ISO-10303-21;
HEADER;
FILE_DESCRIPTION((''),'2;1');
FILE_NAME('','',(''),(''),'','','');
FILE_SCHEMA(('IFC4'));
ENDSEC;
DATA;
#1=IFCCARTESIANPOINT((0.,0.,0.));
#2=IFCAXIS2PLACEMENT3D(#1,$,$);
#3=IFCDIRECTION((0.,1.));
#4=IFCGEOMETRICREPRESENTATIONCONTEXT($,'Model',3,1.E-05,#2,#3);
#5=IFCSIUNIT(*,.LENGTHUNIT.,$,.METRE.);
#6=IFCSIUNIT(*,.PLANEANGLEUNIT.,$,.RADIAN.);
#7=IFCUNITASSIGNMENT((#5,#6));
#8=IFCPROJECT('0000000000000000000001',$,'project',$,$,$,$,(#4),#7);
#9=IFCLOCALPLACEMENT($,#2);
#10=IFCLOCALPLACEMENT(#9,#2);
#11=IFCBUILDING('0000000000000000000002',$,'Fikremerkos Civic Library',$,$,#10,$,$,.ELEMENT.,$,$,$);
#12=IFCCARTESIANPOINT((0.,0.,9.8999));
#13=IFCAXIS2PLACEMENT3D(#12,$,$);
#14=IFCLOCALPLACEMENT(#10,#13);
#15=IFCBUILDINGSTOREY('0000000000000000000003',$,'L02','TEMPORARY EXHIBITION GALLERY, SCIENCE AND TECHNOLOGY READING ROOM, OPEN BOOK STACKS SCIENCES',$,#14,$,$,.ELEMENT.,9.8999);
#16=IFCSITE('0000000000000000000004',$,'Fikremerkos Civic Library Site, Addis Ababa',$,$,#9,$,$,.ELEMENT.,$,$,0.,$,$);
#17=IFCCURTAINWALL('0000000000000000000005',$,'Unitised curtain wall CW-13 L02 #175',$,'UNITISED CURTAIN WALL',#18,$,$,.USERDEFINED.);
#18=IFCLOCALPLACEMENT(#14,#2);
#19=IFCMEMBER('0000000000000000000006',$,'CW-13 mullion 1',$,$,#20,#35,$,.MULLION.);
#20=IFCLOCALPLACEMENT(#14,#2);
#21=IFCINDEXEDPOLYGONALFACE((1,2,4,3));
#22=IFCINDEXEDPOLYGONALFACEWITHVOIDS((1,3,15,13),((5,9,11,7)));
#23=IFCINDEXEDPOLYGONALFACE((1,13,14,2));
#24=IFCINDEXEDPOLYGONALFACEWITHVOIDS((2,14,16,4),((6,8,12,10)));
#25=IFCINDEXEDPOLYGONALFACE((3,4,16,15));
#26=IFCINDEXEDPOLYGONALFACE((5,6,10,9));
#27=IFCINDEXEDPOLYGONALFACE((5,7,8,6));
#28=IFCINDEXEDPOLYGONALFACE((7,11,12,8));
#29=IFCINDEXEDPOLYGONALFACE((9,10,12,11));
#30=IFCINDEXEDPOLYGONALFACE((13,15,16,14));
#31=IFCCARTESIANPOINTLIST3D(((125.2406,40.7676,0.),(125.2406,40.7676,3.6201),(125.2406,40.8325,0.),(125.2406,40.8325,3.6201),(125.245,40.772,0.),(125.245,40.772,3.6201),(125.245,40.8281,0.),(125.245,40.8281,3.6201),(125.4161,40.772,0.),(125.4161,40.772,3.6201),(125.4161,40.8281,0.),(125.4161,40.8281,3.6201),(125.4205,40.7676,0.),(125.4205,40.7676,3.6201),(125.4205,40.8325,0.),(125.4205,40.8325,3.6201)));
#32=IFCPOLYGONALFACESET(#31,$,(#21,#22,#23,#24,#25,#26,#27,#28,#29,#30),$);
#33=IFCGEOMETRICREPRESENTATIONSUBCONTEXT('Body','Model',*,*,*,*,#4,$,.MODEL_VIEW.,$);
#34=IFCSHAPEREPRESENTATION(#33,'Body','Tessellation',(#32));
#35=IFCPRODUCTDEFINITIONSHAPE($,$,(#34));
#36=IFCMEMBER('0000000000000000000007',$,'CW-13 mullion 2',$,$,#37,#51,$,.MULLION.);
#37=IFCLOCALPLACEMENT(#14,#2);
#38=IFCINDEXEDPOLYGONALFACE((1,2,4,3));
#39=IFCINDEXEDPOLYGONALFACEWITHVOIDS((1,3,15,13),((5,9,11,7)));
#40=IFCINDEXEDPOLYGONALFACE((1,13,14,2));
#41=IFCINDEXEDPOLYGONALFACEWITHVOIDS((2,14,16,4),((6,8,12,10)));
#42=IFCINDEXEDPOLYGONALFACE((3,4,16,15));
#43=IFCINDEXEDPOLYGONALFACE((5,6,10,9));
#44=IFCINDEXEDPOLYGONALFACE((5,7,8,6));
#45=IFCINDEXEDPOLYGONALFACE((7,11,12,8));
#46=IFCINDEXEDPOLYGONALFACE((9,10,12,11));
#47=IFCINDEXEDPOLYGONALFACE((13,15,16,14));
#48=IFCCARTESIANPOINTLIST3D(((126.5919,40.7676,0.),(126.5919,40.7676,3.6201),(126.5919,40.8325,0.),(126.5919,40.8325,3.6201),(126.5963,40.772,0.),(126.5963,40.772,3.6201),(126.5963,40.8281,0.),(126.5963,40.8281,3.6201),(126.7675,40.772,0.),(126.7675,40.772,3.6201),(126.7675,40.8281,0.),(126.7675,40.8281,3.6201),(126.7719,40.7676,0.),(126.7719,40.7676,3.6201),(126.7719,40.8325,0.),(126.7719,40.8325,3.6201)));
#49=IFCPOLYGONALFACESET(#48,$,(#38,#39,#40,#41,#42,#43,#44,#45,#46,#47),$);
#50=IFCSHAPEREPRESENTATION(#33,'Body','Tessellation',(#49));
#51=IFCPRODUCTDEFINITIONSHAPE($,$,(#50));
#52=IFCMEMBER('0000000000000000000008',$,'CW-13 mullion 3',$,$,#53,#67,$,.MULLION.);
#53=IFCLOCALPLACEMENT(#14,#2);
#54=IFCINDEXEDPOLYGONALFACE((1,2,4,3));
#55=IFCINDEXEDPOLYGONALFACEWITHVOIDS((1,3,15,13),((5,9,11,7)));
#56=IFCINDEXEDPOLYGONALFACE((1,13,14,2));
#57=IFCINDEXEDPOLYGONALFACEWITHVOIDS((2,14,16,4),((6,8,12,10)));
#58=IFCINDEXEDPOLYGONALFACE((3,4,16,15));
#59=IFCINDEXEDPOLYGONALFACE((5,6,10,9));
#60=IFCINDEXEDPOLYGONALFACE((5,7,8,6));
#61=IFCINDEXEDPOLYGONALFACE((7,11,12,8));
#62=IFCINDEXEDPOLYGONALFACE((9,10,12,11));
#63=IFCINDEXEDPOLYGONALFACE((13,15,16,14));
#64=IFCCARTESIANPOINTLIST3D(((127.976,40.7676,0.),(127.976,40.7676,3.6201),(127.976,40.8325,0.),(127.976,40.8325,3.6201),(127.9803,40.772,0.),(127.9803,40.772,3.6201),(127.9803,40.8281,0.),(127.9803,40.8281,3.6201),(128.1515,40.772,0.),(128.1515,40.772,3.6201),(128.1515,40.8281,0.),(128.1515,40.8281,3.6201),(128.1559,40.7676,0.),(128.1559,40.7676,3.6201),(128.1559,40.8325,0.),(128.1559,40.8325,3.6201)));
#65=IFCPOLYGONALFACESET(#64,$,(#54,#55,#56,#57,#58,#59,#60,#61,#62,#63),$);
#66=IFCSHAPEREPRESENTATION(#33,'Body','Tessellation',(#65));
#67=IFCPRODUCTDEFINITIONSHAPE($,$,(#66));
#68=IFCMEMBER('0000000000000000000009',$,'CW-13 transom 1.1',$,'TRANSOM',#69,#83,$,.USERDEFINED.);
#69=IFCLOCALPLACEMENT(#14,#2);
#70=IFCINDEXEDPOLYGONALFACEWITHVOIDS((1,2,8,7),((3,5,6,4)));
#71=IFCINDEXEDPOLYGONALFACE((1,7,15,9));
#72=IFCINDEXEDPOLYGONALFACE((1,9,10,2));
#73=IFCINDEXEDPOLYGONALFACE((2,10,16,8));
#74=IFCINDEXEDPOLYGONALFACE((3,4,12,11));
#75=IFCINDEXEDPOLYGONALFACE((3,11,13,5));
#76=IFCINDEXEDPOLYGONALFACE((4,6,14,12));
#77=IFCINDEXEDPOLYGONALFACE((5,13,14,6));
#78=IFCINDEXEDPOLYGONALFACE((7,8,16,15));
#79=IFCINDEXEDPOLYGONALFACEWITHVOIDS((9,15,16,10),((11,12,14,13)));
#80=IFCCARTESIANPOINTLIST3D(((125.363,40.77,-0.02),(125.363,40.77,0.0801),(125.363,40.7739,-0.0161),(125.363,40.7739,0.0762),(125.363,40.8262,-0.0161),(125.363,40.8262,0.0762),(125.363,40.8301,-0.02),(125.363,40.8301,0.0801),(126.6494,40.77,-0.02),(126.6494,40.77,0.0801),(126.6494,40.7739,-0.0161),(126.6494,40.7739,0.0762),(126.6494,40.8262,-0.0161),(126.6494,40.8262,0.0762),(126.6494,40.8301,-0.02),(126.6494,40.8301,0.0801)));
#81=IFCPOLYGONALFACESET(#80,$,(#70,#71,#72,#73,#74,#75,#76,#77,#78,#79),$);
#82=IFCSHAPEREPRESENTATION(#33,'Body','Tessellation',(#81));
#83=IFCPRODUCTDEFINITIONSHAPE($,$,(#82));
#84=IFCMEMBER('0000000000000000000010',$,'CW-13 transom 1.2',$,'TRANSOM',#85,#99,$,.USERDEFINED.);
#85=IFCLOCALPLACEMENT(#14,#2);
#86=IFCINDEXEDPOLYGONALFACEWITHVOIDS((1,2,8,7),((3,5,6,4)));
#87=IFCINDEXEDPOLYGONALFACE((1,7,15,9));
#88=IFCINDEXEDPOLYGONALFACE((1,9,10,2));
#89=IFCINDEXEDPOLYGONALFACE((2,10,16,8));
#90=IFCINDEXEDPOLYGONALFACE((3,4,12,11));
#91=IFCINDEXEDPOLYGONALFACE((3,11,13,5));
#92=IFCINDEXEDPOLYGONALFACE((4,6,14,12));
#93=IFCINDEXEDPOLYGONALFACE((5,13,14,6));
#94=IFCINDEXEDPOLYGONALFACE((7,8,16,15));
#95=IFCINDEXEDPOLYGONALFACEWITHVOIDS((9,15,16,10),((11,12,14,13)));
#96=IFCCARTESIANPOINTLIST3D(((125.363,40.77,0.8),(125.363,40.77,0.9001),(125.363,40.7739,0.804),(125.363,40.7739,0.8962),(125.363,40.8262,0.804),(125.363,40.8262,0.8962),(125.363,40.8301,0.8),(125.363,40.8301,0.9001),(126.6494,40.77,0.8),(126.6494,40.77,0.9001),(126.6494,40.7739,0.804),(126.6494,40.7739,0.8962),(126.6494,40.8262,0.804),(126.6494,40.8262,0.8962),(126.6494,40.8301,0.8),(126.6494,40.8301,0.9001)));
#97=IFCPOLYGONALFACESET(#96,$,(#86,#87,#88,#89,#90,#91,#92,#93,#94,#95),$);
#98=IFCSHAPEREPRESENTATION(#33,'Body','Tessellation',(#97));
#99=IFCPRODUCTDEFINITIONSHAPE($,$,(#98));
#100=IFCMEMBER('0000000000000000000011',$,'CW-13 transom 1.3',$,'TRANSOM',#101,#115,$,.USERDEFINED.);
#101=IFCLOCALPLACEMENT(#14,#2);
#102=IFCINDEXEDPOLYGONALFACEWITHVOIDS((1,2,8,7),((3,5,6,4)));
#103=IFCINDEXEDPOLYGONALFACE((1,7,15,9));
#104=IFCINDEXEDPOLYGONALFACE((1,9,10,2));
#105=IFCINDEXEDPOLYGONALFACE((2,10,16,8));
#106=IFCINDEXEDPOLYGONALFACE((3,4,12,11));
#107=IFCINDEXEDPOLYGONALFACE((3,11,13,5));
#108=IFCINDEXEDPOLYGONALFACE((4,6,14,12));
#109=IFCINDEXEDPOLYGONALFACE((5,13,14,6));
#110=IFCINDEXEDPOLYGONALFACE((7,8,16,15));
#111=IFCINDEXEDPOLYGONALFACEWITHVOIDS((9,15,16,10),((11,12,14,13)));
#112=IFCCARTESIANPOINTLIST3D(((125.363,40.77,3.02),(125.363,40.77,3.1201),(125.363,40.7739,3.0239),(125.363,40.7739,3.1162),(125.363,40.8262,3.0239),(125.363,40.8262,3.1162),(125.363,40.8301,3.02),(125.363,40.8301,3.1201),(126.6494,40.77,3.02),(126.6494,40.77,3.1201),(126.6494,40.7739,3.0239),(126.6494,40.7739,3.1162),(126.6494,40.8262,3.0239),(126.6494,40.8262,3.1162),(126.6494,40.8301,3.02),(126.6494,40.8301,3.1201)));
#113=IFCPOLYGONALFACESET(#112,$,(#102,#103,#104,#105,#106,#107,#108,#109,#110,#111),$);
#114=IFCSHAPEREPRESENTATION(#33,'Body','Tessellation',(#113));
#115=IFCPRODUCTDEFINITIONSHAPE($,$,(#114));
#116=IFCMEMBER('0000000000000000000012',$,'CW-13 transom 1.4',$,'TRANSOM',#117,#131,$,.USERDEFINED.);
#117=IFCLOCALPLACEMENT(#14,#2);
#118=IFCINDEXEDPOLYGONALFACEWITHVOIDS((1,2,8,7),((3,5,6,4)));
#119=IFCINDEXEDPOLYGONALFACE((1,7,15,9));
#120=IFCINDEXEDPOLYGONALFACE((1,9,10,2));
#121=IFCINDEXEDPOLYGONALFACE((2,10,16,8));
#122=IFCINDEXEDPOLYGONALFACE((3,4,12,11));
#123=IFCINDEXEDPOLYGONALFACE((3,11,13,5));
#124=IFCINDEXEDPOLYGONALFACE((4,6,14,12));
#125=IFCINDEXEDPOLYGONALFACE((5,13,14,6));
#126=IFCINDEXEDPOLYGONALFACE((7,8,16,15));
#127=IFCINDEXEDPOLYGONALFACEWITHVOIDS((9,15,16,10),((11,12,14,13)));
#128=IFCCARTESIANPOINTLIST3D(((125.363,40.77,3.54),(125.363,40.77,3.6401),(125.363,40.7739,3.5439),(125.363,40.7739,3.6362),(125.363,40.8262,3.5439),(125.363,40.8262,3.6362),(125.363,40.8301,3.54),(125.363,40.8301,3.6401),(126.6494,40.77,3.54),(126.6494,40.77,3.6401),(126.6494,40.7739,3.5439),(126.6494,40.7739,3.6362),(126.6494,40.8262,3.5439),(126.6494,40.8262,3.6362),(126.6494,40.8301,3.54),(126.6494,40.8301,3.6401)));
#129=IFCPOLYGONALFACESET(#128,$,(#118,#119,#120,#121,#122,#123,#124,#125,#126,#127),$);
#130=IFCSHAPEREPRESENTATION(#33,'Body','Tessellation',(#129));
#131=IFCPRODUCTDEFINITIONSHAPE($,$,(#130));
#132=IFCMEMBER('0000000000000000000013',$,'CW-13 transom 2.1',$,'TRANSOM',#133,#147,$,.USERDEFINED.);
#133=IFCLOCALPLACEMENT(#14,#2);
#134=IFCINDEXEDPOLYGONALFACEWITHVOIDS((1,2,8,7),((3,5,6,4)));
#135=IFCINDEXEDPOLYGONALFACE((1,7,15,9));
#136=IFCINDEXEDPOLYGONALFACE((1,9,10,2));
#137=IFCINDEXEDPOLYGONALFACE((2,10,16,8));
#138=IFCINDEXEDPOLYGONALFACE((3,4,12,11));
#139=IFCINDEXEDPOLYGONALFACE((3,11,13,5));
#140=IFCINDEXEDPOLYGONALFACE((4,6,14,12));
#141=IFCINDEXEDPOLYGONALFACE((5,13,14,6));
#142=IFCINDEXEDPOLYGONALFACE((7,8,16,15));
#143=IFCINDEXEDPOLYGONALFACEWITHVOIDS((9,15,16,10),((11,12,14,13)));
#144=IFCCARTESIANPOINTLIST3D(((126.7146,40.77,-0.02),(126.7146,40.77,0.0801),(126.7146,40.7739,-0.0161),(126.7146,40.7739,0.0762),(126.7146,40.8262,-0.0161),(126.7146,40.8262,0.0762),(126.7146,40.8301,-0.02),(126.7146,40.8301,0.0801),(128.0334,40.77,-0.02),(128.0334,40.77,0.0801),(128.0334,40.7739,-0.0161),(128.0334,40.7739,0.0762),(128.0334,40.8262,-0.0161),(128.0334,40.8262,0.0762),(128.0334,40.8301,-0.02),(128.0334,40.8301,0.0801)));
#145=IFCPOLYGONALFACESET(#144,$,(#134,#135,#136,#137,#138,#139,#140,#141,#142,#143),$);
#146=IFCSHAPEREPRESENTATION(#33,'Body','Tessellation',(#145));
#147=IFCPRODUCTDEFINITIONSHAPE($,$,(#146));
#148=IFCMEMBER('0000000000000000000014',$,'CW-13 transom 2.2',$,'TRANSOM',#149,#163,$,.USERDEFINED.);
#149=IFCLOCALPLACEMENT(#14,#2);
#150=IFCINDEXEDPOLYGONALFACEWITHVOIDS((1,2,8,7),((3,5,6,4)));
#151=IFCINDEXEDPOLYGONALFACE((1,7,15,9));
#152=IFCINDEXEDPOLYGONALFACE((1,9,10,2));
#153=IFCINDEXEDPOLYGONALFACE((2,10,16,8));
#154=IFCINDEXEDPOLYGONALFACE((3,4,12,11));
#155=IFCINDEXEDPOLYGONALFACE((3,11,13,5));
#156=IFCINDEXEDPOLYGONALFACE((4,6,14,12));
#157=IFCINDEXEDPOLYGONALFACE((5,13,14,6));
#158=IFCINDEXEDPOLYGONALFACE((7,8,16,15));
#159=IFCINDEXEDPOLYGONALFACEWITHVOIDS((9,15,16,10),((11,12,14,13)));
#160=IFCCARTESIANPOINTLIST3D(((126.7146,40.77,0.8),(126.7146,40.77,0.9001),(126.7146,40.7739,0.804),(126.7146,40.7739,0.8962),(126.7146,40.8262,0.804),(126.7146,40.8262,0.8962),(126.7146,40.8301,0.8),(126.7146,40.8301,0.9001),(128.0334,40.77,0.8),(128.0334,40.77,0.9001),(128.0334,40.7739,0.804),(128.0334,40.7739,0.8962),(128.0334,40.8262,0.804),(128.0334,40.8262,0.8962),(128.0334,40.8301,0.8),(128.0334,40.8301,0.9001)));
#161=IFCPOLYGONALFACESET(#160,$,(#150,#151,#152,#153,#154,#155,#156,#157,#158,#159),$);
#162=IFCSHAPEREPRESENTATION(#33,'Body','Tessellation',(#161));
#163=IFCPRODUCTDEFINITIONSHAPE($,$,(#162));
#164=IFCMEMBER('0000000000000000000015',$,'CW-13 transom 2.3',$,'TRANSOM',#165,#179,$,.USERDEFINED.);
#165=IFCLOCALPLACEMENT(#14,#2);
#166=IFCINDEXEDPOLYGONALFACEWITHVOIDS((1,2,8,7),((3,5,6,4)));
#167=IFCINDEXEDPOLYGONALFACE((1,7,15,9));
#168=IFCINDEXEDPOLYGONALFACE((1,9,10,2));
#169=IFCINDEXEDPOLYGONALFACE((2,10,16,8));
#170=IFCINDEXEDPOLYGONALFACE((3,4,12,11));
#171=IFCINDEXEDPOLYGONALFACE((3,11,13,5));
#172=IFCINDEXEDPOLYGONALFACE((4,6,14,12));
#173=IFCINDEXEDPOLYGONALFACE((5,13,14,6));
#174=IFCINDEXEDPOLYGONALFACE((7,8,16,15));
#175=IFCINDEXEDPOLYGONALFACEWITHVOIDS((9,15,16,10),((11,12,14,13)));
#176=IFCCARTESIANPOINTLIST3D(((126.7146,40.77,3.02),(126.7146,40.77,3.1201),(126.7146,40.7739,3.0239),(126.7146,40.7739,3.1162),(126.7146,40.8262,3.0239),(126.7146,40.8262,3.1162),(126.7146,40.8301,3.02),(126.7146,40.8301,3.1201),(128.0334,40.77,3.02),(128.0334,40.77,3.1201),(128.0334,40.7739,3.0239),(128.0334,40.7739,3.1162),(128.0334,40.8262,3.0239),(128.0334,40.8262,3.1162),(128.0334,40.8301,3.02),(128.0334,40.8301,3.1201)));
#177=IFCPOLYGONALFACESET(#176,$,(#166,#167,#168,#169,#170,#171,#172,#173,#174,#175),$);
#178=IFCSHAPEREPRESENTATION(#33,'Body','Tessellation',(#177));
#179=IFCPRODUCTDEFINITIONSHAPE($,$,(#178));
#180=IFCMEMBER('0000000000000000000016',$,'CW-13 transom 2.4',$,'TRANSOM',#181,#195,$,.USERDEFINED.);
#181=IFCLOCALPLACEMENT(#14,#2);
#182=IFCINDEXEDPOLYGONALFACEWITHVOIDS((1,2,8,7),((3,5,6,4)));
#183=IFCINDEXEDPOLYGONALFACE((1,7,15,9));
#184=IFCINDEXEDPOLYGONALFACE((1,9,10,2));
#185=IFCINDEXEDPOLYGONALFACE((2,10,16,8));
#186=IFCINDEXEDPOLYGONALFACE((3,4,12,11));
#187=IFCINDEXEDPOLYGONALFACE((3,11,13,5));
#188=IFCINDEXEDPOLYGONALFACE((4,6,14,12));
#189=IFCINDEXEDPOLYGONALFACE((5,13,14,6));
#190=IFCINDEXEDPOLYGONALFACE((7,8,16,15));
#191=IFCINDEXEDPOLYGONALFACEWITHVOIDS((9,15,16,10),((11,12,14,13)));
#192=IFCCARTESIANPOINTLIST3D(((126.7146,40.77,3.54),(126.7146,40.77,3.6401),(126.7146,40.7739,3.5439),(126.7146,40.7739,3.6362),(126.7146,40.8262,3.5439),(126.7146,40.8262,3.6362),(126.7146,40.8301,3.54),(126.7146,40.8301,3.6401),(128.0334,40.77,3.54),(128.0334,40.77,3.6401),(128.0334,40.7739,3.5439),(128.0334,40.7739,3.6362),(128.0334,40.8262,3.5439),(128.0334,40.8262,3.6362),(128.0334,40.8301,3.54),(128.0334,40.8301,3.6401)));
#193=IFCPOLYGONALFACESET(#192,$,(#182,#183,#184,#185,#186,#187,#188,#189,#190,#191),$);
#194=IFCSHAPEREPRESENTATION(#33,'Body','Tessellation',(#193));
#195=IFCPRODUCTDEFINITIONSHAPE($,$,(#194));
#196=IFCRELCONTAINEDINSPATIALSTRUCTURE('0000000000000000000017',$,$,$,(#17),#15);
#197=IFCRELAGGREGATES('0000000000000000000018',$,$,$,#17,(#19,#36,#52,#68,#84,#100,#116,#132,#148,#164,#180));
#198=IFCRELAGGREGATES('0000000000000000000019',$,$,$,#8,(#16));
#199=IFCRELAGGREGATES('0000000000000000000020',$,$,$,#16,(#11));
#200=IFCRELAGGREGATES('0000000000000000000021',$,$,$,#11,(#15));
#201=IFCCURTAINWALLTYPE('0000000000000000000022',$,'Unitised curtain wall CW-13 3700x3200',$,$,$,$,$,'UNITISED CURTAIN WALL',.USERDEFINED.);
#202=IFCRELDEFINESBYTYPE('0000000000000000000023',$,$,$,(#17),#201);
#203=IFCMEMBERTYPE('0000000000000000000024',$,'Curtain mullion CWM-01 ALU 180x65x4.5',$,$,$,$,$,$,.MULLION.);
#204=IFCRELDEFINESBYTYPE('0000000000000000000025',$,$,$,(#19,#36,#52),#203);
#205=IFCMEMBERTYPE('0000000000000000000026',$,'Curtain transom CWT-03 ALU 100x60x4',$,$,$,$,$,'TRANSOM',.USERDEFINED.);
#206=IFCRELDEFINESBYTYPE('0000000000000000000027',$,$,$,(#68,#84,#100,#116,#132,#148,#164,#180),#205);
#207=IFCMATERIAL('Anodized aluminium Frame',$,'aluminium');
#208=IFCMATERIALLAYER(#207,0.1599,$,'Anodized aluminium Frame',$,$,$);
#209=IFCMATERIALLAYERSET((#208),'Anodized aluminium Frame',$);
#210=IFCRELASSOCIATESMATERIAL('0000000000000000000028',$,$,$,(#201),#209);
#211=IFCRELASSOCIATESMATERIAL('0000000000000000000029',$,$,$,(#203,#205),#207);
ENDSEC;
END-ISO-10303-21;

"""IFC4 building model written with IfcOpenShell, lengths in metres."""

from ifc_helpers import new_model, si_unit, direction, frame, origin, origin_2d, place, context, subcontext, project, spatial, hollow_rectangle, extrude, material, layer, layer_set, material_profile, profile_set, type_object, element, aggregate, save


model = new_model("IFC4")

# Units and contexts
model_context = context("Model", 3, precision=1e-05, world=origin(), true_north=direction((0.0, 1.0)))
body_context = subcontext(model_context, "Body", "Model", "MODEL_VIEW")
ifc_project = project(units=[si_unit("LENGTHUNIT", "METRE"), si_unit("PLANEANGLEUNIT", "RADIAN")], contexts=[model_context])

# Site, building, storey
site_placement = place(None, origin())
site = spatial("IfcSite", under=ifc_project, at=site_placement, Name="Fikremerkos Civic Library Site, Addis Ababa", CompositionType="ELEMENT", RefElevation=0.0)
building_placement = place(site_placement, origin())
building = spatial("IfcBuilding", under=site, at=building_placement, Name="Fikremerkos Civic Library", CompositionType="ELEMENT")
storey_placement = place(building_placement, frame((0.0, 0.0, 9.8999)))
storey = spatial("IfcBuildingStorey", under=building, at=storey_placement, Name="L02", Description="TEMPORARY EXHIBITION GALLERY, SCIENCE AND TECHNOLOGY READING ROOM, OPEN BOOK STACKS SCIENCES", CompositionType="ELEMENT", Elevation=9.8999)

# Curtain wall, members
ifc_material_1 = material(Name="Anodized aluminium Frame", Category="aluminium")
ifc_layer_1 = layer(ifc_material_1, 0.1599, Name="Anodized aluminium Frame")
ifc_layer_set_1 = layer_set([ifc_layer_1], Name="Anodized aluminium Frame")
curtain_wall_type = type_object("IfcCurtainWallType", Name="Unitised curtain wall CW-13 3700x3200", ElementType="UNITISED CURTAIN WALL", PredefinedType="USERDEFINED", material=ifc_layer_set_1)
curtain_wall_placement = place(storey_placement, origin())
curtain_wall = element("IfcCurtainWall", 1, at=curtain_wall_placement, inside=storey, type_object=curtain_wall_type, Name="Unitised curtain wall CW-13 L02 #175", ObjectType="UNITISED CURTAIN WALL", PredefinedType="USERDEFINED")
ifc_material_profile_1 = material_profile(ifc_material_1, hollow_rectangle(XDim=0.0649, YDim=0.1799, WallThickness=0.0044, at=origin_2d()), Name="ALU 180x65x4.5")
ifc_profile_set_1 = profile_set([ifc_material_profile_1], Name="Anodized aluminium Frame")
member_type_1 = type_object("IfcMemberType", Name="Curtain mullion CWM-01 ALU 180x65x4.5", PredefinedType="MULLION", material=ifc_profile_set_1)
member_1_placement = place(storey_placement, frame((125.3306, 40.8, 0.0), z_axis=(0.0, 0.0, 1.0), x_axis=(0.0, 1.0, 0.0)))
member_1 = element("IfcMember", 2, at=member_1_placement, type_object=member_type_1, Name="CW-13 mullion 1", PredefinedType="MULLION", context=body_context, shape_type="SweptSolid", body=[
    extrude(hollow_rectangle(XDim=0.0649, YDim=0.1799, WallThickness=0.0044, at=origin_2d()), origin(), (0.0, 0.0, 1.0), 3.6201),
])
member_2_placement = place(storey_placement, frame((126.6819, 40.8, 0.0), z_axis=(0.0, 0.0, 1.0), x_axis=(0.0, 1.0, 0.0)))
member_2 = element("IfcMember", 3, at=member_2_placement, type_object=member_type_1, Name="CW-13 mullion 2", PredefinedType="MULLION", context=body_context, shape_type="SweptSolid", body=[
    extrude(hollow_rectangle(XDim=0.0649, YDim=0.1799, WallThickness=0.0044, at=origin_2d()), origin(), (0.0, 0.0, 1.0), 3.6201),
])
member_3_placement = place(storey_placement, frame((128.0659, 40.8, 0.0), z_axis=(0.0, 0.0, 1.0), x_axis=(0.0, 1.0, 0.0)))
member_3 = element("IfcMember", 4, at=member_3_placement, type_object=member_type_1, Name="CW-13 mullion 3", PredefinedType="MULLION", context=body_context, shape_type="SweptSolid", body=[
    extrude(hollow_rectangle(XDim=0.0649, YDim=0.1799, WallThickness=0.0044, at=origin_2d()), origin(), (0.0, 0.0, 1.0), 3.6201),
])
ifc_material_profile_2 = material_profile(ifc_material_1, hollow_rectangle(XDim=0.0601, YDim=0.1001, WallThickness=0.0039, at=origin_2d()), Name="ALU 100x60x4")
ifc_profile_set_2 = profile_set([ifc_material_profile_2], Name="Anodized aluminium Frame")
member_type_2 = type_object("IfcMemberType", Name="Curtain transom CWT-03 ALU 100x60x4", ElementType="TRANSOM", PredefinedType="USERDEFINED", material=ifc_profile_set_2)
member_4_placement = place(storey_placement, frame((125.363, 40.8, 0.03), z_axis=(1.0, 0.0, 0.0), x_axis=(0.0, 1.0, 0.0)))
member_4 = element("IfcMember", 5, at=member_4_placement, type_object=member_type_2, Name="CW-13 transom 1.1", ObjectType="TRANSOM", PredefinedType="USERDEFINED", context=body_context, shape_type="SweptSolid", body=[
    extrude(hollow_rectangle(XDim=0.0601, YDim=0.1001, WallThickness=0.0039, at=origin_2d()), origin(), (0.0, 0.0, 1.0), 1.2864),
])
member_5_placement = place(storey_placement, frame((125.363, 40.8, 0.8501), z_axis=(1.0, 0.0, 0.0), x_axis=(0.0, 1.0, 0.0)))
member_5 = element("IfcMember", 6, at=member_5_placement, type_object=member_type_2, Name="CW-13 transom 1.2", ObjectType="TRANSOM", PredefinedType="USERDEFINED", context=body_context, shape_type="SweptSolid", body=[
    extrude(hollow_rectangle(XDim=0.0601, YDim=0.1001, WallThickness=0.0039, at=origin_2d()), origin(), (0.0, 0.0, 1.0), 1.2864),
])
member_6_placement = place(storey_placement, frame((125.363, 40.8, 3.0701), z_axis=(1.0, 0.0, 0.0), x_axis=(0.0, 1.0, 0.0)))
member_6 = element("IfcMember", 7, at=member_6_placement, type_object=member_type_2, Name="CW-13 transom 1.3", ObjectType="TRANSOM", PredefinedType="USERDEFINED", context=body_context, shape_type="SweptSolid", body=[
    extrude(hollow_rectangle(XDim=0.0601, YDim=0.1001, WallThickness=0.0039, at=origin_2d()), origin(), (0.0, 0.0, 1.0), 1.2864),
])
member_7_placement = place(storey_placement, frame((125.363, 40.8, 3.5901), z_axis=(1.0, 0.0, 0.0), x_axis=(0.0, 1.0, 0.0)))
member_7 = element("IfcMember", 8, at=member_7_placement, type_object=member_type_2, Name="CW-13 transom 1.4", ObjectType="TRANSOM", PredefinedType="USERDEFINED", context=body_context, shape_type="SweptSolid", body=[
    extrude(hollow_rectangle(XDim=0.0601, YDim=0.1001, WallThickness=0.0039, at=origin_2d()), origin(), (0.0, 0.0, 1.0), 1.2864),
])
member_8_placement = place(storey_placement, frame((126.7146, 40.8, 0.03), z_axis=(1.0, 0.0, 0.0), x_axis=(0.0, 1.0, 0.0)))
member_8 = element("IfcMember", 9, at=member_8_placement, type_object=member_type_2, Name="CW-13 transom 2.1", ObjectType="TRANSOM", PredefinedType="USERDEFINED", context=body_context, shape_type="SweptSolid", body=[
    extrude(hollow_rectangle(XDim=0.0601, YDim=0.1001, WallThickness=0.0039, at=origin_2d()), origin(), (0.0, 0.0, 1.0), 1.3188),
])
member_9_placement = place(storey_placement, frame((126.7146, 40.8, 0.8501), z_axis=(1.0, 0.0, 0.0), x_axis=(0.0, 1.0, 0.0)))
member_9 = element("IfcMember", 10, at=member_9_placement, type_object=member_type_2, Name="CW-13 transom 2.2", ObjectType="TRANSOM", PredefinedType="USERDEFINED", context=body_context, shape_type="SweptSolid", body=[
    extrude(hollow_rectangle(XDim=0.0601, YDim=0.1001, WallThickness=0.0039, at=origin_2d()), origin(), (0.0, 0.0, 1.0), 1.3188),
])
member_10_placement = place(storey_placement, frame((126.7146, 40.8, 3.0701), z_axis=(1.0, 0.0, 0.0), x_axis=(0.0, 1.0, 0.0)))
member_10 = element("IfcMember", 11, at=member_10_placement, type_object=member_type_2, Name="CW-13 transom 2.3", ObjectType="TRANSOM", PredefinedType="USERDEFINED", context=body_context, shape_type="SweptSolid", body=[
    extrude(hollow_rectangle(XDim=0.0601, YDim=0.1001, WallThickness=0.0039, at=origin_2d()), origin(), (0.0, 0.0, 1.0), 1.3188),
])
member_11_placement = place(storey_placement, frame((126.7146, 40.8, 3.5901), z_axis=(1.0, 0.0, 0.0), x_axis=(0.0, 1.0, 0.0)))
member_11 = element("IfcMember", 12, at=member_11_placement, type_object=member_type_2, Name="CW-13 transom 2.4", ObjectType="TRANSOM", PredefinedType="USERDEFINED", context=body_context, shape_type="SweptSolid", body=[
    extrude(hollow_rectangle(XDim=0.0601, YDim=0.1001, WallThickness=0.0039, at=origin_2d()), origin(), (0.0, 0.0, 1.0), 1.3188),
])

aggregate(curtain_wall, [member_1, member_2, member_3, member_4, member_5, member_6, member_7, member_8, member_9, member_10, member_11])

save(model, "model.ifc")
